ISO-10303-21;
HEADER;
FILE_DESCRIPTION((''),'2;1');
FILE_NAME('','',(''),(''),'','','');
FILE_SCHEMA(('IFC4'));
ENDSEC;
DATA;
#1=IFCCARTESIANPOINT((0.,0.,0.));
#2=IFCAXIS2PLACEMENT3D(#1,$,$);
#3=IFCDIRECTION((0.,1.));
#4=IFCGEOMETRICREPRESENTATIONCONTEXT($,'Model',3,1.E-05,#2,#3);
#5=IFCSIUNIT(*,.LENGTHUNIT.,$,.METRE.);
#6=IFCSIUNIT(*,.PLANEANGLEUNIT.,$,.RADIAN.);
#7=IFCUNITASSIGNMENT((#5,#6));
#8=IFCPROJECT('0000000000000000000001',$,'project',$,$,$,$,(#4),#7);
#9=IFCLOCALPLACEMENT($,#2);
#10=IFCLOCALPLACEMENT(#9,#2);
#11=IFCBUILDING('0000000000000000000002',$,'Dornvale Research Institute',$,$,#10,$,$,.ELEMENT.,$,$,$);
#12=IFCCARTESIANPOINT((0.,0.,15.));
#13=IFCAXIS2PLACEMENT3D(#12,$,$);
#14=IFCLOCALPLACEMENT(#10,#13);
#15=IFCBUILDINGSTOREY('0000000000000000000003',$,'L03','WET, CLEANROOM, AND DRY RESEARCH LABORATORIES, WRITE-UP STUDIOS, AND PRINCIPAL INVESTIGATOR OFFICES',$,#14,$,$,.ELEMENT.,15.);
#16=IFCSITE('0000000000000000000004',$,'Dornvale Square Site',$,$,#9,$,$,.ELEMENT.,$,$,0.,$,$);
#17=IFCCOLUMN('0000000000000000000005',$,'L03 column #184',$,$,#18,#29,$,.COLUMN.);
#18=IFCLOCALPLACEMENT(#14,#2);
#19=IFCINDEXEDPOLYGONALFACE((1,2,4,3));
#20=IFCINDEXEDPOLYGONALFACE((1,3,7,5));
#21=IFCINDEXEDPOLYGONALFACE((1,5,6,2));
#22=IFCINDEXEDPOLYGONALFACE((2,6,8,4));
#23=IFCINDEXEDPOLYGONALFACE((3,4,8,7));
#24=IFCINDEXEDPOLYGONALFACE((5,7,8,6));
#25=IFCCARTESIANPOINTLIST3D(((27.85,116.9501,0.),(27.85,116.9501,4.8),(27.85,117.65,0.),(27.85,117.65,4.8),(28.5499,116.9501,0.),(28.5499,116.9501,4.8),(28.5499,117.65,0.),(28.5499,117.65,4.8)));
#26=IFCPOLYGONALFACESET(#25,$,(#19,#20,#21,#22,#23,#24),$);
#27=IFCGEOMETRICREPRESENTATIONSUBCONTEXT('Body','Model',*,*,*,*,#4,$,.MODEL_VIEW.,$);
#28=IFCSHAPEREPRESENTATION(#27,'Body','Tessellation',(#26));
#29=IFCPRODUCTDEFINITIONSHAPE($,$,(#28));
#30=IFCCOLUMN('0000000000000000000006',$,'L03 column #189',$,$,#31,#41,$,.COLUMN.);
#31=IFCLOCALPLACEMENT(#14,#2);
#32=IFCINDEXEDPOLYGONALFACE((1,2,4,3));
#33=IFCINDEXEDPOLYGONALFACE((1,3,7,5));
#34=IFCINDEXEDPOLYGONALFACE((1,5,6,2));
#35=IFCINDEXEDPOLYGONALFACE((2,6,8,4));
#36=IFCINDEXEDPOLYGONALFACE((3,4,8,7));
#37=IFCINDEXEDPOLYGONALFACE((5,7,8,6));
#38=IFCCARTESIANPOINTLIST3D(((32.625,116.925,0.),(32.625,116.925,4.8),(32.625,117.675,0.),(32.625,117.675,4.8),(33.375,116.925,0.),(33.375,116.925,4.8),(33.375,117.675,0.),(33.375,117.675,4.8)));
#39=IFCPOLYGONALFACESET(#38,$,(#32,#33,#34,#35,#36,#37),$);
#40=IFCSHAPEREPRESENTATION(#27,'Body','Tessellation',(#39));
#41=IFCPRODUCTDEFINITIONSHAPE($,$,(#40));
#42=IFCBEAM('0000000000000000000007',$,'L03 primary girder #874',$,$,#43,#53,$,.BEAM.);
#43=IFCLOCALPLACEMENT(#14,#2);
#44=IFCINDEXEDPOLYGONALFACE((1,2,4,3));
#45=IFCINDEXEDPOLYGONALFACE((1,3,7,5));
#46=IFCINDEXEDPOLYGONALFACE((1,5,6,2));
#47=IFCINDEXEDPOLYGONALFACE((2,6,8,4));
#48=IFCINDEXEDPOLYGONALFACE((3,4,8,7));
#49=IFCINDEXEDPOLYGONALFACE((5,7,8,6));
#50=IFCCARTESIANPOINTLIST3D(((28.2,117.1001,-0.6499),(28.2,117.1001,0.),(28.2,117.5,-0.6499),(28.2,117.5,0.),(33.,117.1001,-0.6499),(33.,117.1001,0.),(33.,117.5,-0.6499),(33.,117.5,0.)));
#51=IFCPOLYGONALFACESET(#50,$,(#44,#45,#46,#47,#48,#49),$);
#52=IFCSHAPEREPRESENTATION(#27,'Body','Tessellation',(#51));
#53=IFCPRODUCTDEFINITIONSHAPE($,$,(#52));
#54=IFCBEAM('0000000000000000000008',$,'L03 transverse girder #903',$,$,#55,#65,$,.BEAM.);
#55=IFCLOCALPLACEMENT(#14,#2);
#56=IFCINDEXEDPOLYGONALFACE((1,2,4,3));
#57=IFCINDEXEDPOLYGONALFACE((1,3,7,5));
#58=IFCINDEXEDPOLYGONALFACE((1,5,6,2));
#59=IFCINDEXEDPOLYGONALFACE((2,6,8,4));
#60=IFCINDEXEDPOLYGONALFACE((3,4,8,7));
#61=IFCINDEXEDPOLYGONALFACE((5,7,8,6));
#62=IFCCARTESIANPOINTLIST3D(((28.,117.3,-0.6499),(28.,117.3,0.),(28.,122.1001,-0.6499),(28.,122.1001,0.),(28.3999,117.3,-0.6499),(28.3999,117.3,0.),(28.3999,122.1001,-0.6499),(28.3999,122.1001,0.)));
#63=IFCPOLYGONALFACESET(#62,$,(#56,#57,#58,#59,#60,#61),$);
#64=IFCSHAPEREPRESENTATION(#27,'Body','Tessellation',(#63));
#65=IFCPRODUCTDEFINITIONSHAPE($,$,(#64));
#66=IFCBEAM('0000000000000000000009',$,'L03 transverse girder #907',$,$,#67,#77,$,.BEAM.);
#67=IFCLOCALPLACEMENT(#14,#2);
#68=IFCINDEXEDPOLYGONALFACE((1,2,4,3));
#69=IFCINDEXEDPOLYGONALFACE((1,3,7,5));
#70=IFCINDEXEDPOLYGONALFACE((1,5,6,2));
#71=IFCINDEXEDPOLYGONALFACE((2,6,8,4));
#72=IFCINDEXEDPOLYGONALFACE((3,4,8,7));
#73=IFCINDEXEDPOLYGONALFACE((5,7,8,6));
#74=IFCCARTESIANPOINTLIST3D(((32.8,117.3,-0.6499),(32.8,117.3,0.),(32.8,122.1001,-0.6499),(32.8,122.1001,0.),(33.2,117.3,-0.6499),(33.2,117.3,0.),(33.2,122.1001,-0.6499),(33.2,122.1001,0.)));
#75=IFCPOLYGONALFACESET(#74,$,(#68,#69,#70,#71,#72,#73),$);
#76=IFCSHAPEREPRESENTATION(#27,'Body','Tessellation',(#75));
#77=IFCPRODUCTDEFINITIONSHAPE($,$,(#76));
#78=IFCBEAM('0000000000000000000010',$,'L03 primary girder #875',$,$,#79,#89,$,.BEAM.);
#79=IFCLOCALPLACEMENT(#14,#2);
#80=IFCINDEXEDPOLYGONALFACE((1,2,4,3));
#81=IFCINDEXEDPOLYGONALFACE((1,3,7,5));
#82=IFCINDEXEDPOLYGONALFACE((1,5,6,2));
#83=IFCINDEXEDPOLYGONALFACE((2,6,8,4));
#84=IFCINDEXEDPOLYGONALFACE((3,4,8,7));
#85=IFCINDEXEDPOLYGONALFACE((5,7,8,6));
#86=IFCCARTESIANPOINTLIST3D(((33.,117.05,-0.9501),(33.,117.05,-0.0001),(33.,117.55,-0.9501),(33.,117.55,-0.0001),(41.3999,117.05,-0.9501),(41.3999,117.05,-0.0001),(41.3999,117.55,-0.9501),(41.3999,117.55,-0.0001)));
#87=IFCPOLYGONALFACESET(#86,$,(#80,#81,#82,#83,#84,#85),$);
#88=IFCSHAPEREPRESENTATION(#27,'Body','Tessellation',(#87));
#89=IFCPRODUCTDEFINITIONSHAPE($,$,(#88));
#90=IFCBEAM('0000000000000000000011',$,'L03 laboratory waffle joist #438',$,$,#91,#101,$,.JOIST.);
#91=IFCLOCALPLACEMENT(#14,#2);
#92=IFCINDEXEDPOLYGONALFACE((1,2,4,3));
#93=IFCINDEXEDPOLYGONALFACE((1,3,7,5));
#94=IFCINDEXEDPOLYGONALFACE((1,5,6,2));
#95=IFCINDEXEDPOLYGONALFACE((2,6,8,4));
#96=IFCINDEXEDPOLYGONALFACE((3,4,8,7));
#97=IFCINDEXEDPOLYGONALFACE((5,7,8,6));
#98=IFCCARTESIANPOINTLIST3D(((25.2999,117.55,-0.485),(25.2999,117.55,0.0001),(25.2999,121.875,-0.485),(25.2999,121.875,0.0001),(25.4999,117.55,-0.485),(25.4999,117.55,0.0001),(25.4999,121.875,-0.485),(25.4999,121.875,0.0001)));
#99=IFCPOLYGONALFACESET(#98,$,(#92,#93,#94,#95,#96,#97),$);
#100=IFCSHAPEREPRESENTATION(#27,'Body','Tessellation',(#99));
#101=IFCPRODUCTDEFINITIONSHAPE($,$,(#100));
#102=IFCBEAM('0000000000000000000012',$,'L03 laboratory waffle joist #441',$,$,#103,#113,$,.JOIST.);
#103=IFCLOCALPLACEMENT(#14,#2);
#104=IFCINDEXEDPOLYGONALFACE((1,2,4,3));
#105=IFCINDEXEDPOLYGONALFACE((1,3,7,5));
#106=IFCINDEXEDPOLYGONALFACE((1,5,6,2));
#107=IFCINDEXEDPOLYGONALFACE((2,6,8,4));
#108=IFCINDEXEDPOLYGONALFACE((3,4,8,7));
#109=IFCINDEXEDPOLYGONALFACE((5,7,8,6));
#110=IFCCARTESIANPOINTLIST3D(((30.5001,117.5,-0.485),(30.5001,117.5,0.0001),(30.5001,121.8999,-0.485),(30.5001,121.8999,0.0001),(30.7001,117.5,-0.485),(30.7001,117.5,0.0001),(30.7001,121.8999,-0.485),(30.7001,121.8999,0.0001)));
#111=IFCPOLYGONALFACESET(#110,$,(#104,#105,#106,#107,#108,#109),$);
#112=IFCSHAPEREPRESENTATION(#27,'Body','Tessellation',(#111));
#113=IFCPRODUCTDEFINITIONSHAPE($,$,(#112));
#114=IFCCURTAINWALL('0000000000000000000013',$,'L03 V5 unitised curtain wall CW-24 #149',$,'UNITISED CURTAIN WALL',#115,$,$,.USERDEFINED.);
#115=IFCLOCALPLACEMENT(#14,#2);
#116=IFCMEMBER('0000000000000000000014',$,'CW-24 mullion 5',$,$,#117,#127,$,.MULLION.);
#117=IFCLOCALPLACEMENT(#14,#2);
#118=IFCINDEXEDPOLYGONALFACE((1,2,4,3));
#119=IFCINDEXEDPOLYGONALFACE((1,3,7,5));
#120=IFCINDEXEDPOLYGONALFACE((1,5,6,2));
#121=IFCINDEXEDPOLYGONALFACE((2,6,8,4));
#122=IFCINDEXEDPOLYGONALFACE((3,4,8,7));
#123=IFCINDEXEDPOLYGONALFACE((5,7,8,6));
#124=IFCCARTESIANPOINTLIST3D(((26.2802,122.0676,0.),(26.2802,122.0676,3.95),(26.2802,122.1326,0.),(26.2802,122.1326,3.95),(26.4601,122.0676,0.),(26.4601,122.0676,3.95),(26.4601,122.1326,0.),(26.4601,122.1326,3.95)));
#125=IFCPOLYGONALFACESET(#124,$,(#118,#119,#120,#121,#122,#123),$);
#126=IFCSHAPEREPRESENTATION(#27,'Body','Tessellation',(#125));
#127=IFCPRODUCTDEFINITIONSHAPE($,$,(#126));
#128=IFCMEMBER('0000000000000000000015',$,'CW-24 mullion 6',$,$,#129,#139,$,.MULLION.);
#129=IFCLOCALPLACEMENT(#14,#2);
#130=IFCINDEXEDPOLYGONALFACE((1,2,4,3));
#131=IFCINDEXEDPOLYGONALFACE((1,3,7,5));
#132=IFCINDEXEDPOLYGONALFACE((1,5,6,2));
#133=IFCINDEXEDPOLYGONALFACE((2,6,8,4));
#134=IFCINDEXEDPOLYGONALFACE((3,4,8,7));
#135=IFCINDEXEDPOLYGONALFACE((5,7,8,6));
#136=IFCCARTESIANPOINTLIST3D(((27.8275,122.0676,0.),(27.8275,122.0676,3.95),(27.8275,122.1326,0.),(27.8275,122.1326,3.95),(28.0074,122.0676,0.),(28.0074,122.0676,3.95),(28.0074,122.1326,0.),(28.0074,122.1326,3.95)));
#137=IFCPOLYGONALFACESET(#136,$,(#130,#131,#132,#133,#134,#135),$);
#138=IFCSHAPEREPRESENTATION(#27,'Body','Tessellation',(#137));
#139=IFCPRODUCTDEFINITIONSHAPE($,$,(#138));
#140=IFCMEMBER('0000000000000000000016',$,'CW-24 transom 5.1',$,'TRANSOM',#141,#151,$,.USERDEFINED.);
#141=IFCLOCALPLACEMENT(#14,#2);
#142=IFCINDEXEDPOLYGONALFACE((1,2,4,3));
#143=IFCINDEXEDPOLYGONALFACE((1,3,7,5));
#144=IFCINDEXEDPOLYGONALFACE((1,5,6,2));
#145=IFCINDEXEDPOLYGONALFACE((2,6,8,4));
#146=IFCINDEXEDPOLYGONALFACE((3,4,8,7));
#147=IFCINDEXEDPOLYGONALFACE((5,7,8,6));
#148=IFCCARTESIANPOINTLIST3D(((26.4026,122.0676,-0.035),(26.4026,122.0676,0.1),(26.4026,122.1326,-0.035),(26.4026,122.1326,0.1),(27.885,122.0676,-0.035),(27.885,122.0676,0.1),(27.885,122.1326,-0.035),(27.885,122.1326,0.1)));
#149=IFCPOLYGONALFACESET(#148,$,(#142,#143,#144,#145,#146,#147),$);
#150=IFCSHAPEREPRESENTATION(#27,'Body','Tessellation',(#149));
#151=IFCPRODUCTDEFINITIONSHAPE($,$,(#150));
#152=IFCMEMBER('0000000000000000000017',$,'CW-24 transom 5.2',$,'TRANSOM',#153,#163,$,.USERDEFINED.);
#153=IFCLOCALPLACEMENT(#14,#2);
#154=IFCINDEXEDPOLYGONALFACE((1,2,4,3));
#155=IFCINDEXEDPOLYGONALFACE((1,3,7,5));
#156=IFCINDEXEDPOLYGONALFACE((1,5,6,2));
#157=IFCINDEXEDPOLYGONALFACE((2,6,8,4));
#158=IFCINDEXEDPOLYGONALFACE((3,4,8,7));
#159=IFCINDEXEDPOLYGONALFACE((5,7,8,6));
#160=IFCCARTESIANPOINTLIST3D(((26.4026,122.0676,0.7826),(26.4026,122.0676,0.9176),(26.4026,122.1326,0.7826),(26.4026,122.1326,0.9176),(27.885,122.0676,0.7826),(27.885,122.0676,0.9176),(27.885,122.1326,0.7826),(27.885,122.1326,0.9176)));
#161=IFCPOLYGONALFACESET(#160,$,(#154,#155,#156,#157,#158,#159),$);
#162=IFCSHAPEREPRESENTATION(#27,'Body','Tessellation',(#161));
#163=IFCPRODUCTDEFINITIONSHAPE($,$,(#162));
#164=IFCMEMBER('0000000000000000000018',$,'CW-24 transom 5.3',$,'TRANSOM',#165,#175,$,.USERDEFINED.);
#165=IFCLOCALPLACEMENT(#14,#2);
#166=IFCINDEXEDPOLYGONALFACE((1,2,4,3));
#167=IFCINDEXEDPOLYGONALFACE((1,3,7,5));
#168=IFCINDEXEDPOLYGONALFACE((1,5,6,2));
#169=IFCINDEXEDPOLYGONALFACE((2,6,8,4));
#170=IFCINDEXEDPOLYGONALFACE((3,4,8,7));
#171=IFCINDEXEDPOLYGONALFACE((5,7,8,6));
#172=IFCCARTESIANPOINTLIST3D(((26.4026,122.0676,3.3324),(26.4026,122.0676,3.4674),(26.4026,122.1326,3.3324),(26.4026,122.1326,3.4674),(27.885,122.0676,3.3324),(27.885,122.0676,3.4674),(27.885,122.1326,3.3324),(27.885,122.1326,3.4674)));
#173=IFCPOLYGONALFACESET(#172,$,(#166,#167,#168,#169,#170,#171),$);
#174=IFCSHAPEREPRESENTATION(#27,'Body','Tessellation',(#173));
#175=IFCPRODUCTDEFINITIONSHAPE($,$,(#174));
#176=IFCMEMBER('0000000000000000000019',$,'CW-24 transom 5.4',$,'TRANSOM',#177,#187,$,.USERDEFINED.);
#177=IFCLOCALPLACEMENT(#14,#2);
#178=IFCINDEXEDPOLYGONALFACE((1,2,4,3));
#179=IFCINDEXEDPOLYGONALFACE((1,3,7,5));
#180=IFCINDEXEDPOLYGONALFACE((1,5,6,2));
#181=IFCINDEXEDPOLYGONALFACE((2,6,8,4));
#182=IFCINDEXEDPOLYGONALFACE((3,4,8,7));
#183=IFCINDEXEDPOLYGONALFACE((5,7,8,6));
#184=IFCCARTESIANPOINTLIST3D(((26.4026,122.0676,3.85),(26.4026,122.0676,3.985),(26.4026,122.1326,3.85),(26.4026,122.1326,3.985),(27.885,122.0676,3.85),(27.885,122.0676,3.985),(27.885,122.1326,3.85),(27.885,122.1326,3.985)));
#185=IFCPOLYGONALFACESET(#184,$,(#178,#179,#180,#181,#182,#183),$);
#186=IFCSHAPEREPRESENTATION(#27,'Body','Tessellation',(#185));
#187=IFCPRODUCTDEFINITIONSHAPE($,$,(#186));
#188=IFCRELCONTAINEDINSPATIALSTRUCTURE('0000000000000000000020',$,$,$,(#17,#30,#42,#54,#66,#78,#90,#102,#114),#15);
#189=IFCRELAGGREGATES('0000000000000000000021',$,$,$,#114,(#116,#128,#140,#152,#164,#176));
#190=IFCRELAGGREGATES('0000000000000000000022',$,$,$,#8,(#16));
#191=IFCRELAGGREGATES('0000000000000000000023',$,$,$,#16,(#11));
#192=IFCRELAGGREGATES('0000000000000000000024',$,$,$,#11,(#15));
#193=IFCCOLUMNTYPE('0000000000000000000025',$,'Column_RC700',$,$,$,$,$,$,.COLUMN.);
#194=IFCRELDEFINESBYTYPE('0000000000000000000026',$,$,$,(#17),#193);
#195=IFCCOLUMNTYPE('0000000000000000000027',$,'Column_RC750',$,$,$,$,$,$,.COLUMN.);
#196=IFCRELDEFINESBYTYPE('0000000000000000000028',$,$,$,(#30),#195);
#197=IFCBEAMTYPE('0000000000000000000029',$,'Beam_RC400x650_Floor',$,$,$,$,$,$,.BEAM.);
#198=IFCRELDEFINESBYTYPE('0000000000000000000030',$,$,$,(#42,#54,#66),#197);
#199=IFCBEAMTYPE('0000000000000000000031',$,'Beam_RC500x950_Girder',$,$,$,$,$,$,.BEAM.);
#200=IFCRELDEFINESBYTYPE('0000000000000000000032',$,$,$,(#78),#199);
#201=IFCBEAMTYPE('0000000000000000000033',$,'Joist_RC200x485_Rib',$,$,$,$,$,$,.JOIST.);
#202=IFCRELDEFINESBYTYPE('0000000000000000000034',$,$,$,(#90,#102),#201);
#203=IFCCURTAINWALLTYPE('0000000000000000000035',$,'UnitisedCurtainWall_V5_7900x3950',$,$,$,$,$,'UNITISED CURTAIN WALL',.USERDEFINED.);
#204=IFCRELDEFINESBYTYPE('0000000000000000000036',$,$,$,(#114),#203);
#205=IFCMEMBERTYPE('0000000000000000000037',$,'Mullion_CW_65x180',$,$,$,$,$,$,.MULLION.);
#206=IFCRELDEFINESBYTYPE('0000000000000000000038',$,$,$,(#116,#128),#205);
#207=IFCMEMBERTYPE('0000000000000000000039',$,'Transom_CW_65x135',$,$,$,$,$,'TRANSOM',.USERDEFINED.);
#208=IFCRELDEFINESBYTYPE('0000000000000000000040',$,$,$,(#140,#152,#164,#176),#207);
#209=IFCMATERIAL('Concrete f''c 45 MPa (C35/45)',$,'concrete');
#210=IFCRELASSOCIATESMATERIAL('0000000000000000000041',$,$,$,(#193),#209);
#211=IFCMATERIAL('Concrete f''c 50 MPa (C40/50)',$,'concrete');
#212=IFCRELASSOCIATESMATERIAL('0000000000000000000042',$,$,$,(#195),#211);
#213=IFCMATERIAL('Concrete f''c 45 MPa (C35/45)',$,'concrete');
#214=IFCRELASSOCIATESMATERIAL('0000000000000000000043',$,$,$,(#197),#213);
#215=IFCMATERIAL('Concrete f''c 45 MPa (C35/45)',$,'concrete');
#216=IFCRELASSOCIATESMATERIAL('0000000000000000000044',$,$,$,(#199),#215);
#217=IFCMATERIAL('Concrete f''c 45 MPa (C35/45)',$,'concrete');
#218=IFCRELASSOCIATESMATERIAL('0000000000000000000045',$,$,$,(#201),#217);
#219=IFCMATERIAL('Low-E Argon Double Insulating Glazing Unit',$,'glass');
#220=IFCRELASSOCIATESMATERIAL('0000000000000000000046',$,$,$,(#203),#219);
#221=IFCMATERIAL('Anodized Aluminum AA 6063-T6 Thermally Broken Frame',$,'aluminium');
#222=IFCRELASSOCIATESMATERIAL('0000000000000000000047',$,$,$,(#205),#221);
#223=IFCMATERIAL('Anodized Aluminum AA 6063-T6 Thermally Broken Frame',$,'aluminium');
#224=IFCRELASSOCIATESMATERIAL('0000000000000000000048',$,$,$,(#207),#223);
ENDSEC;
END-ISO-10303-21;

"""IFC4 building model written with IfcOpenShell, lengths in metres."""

from ifc_helpers import new_model, si_unit, direction, frame, origin, origin_2d, place, context, subcontext, project, spatial, rectangle, extrude, material, material_profile, profile_set, type_object, element, aggregate, save


model = new_model("IFC4")

# Units and contexts
model_context = context("Model", 3, precision=1e-05, world=origin(), true_north=direction((0.0, 1.0)))
body_context = subcontext(model_context, "Body", "Model", "MODEL_VIEW")
ifc_project = project(units=[si_unit("LENGTHUNIT", "METRE"), si_unit("PLANEANGLEUNIT", "RADIAN")], contexts=[model_context])

# Site, building, storey
site_placement = place(None, origin())
site = spatial("IfcSite", under=ifc_project, at=site_placement, Name="Dornvale Square Site", CompositionType="ELEMENT", RefElevation=0.0)
building_placement = place(site_placement, origin())
building = spatial("IfcBuilding", under=site, at=building_placement, Name="Dornvale Research Institute", CompositionType="ELEMENT")
storey_placement = place(building_placement, frame((0.0, 0.0, 15.0)))
storey = spatial("IfcBuildingStorey", under=building, at=storey_placement, Name="L03", Description="WET, CLEANROOM, AND DRY RESEARCH LABORATORIES, WRITE-UP STUDIOS, AND PRINCIPAL INVESTIGATOR OFFICES", CompositionType="ELEMENT", Elevation=15.0)

# Columns
ifc_material_1 = material(Name="Concrete f'c 45 MPa (C35/45)", Category="concrete")
ifc_material_profile_1 = material_profile(ifc_material_1, rectangle(XDim=0.7, YDim=0.7, at=origin_2d()), Name="RC 700x700")
ifc_profile_set_1 = profile_set([ifc_material_profile_1], Name="Concrete f'c 45 MPa (C35/45)")
column_type_1 = type_object("IfcColumnType", Name="Column_RC700", PredefinedType="COLUMN", material=ifc_profile_set_1)
column_1_placement = place(storey_placement, frame((28.2, 117.3, 0.0), z_axis=(0.0, 0.0, 1.0), x_axis=(1.0, 0.0, 0.0)))
element("IfcColumn", 1, at=column_1_placement, inside=storey, type_object=column_type_1, Name="L03 column #184", PredefinedType="COLUMN", context=body_context, shape_type="SweptSolid", body=[
    extrude(rectangle(XDim=0.7, YDim=0.7, at=origin_2d()), origin(), (0.0, 0.0, 1.0), 4.8),
])
ifc_material_2 = material(Name="Concrete f'c 50 MPa (C40/50)", Category="concrete")
ifc_material_profile_2 = material_profile(ifc_material_2, rectangle(XDim=0.75, YDim=0.75, at=origin_2d()), Name="RC 750x750")
ifc_profile_set_2 = profile_set([ifc_material_profile_2], Name="Concrete f'c 50 MPa (C40/50)")
column_type_2 = type_object("IfcColumnType", Name="Column_RC750", PredefinedType="COLUMN", material=ifc_profile_set_2)
column_2_placement = place(storey_placement, frame((33.0, 117.3, 0.0), z_axis=(0.0, 0.0, 1.0), x_axis=(1.0, 0.0, 0.0)))
element("IfcColumn", 2, at=column_2_placement, inside=storey, type_object=column_type_2, Name="L03 column #189", PredefinedType="COLUMN", context=body_context, shape_type="SweptSolid", body=[
    extrude(rectangle(XDim=0.75, YDim=0.75, at=origin_2d()), origin(), (0.0, 0.0, 1.0), 4.8),
])

# Beams
ifc_material_3 = material(Name="Concrete f'c 45 MPa (C35/45)", Category="concrete")
ifc_material_profile_3 = material_profile(ifc_material_3, rectangle(XDim=0.3999, YDim=0.6499, at=origin_2d()), Name="RC 400x650")
ifc_profile_set_3 = profile_set([ifc_material_profile_3], Name="Concrete f'c 45 MPa (C35/45)")
beam_type_1 = type_object("IfcBeamType", Name="Beam_RC400x650_Floor", PredefinedType="BEAM", material=ifc_profile_set_3)
for number, where, z_axis, x_axis, name in (
    (3, (28.2, 117.3, -0.325), (1.0, 0.0, 0.0), (0.0, 1.0, 0.0), "L03 primary girder #874"),
    (4, (28.2, 117.3, -0.325), (0.0, 1.0, 0.0), (-1.0, 0.0, 0.0), "L03 transverse girder #903"),
    (5, (33.0, 117.3, -0.325), (0.0, 1.0, 0.0), (-1.0, 0.0, 0.0), "L03 transverse girder #907"),
):
    element("IfcBeam", number, at=place(storey_placement, frame(where, z_axis=z_axis, x_axis=x_axis)), inside=storey, type_object=beam_type_1, Name=name, PredefinedType="BEAM", context=body_context, shape_type="SweptSolid", body=[
        extrude(rectangle(XDim=0.3999, YDim=0.6499, at=origin_2d()), origin(), (0.0, 0.0, 1.0), 4.8),
    ])
ifc_material_4 = material(Name="Concrete f'c 45 MPa (C35/45)", Category="concrete")
ifc_material_profile_4 = material_profile(ifc_material_4, rectangle(XDim=0.5, YDim=0.95, at=origin_2d()), Name="RC 500x950")
ifc_profile_set_4 = profile_set([ifc_material_profile_4], Name="Concrete f'c 45 MPa (C35/45)")
beam_type_2 = type_object("IfcBeamType", Name="Beam_RC500x950_Girder", PredefinedType="BEAM", material=ifc_profile_set_4)
beam_1_placement = place(storey_placement, frame((33.0, 117.3, -0.4751), z_axis=(1.0, 0.0, 0.0), x_axis=(0.0, 1.0, 0.0)))
element("IfcBeam", 6, at=beam_1_placement, inside=storey, type_object=beam_type_2, Name="L03 primary girder #875", PredefinedType="BEAM", context=body_context, shape_type="SweptSolid", body=[
    extrude(rectangle(XDim=0.5, YDim=0.95, at=origin_2d()), origin(), (0.0, 0.0, 1.0), 8.3999),
])
ifc_material_5 = material(Name="Concrete f'c 45 MPa (C35/45)", Category="concrete")
ifc_material_profile_5 = material_profile(ifc_material_5, rectangle(XDim=0.2, YDim=0.4851, at=origin_2d()), Name="RC 200x485")
ifc_profile_set_5 = profile_set([ifc_material_profile_5], Name="Concrete f'c 45 MPa (C35/45)")
beam_type_3 = type_object("IfcBeamType", Name="Joist_RC200x485_Rib", PredefinedType="JOIST", material=ifc_profile_set_5)
beam_2_placement = place(storey_placement, frame((25.3999, 117.55, -0.2424), z_axis=(0.0, 1.0, 0.0), x_axis=(-1.0, 0.0, 0.0)))
element("IfcBeam", 7, at=beam_2_placement, inside=storey, type_object=beam_type_3, Name="L03 laboratory waffle joist #438", PredefinedType="JOIST", context=body_context, shape_type="SweptSolid", body=[
    extrude(rectangle(XDim=0.2, YDim=0.4851, at=origin_2d()), origin(), (0.0, 0.0, 1.0), 4.325),
])
beam_3_placement = place(storey_placement, frame((30.6001, 117.5, -0.2424), z_axis=(0.0, 1.0, 0.0), x_axis=(-1.0, 0.0, 0.0)))
element("IfcBeam", 8, at=beam_3_placement, inside=storey, type_object=beam_type_3, Name="L03 laboratory waffle joist #441", PredefinedType="JOIST", context=body_context, shape_type="SweptSolid", body=[
    extrude(rectangle(XDim=0.2, YDim=0.4851, at=origin_2d()), origin(), (0.0, 0.0, 1.0), 4.3999),
])

# Curtain wall, members
ifc_material_6 = material(Name="Low-E Argon Double Insulating Glazing Unit", Category="glass")
curtain_wall_type = type_object("IfcCurtainWallType", Name="UnitisedCurtainWall_V5_7900x3950", ElementType="UNITISED CURTAIN WALL", PredefinedType="USERDEFINED", material=ifc_material_6)
curtain_wall_placement = place(storey_placement, origin())
curtain_wall = element("IfcCurtainWall", 9, at=curtain_wall_placement, inside=storey, type_object=curtain_wall_type, Name="L03 V5 unitised curtain wall CW-24 #149", ObjectType="UNITISED CURTAIN WALL", PredefinedType="USERDEFINED")
ifc_material_7 = material(Name="Anodized Aluminum AA 6063-T6 Thermally Broken Frame", Category="aluminium")
ifc_material_profile_6 = material_profile(ifc_material_7, rectangle(XDim=0.0649, YDim=0.1799, at=origin_2d()), Name="ALU MULLION 65x180")
ifc_profile_set_6 = profile_set([ifc_material_profile_6], Name="Anodized Aluminum AA 6063-T6 Thermally Broken Frame")
member_type_1 = type_object("IfcMemberType", Name="Mullion_CW_65x180", PredefinedType="MULLION", material=ifc_profile_set_6)
member_1_placement = place(storey_placement, frame((26.3701, 122.1001, 0.0), z_axis=(0.0, 0.0, 1.0), x_axis=(0.0, 1.0, 0.0)))
member_1 = element("IfcMember", 10, at=member_1_placement, type_object=member_type_1, Name="CW-24 mullion 5", PredefinedType="MULLION", context=body_context, shape_type="SweptSolid", body=[
    extrude(rectangle(XDim=0.0649, YDim=0.1799, at=origin_2d()), origin(), (0.0, 0.0, 1.0), 3.95),
])
member_2_placement = place(storey_placement, frame((27.9175, 122.1001, 0.0), z_axis=(0.0, 0.0, 1.0), x_axis=(0.0, 1.0, 0.0)))
member_2 = element("IfcMember", 11, at=member_2_placement, type_object=member_type_1, Name="CW-24 mullion 6", PredefinedType="MULLION", context=body_context, shape_type="SweptSolid", body=[
    extrude(rectangle(XDim=0.0649, YDim=0.1799, at=origin_2d()), origin(), (0.0, 0.0, 1.0), 3.95),
])
ifc_material_8 = material(Name="Anodized Aluminum AA 6063-T6 Thermally Broken Frame", Category="aluminium")
ifc_material_profile_7 = material_profile(ifc_material_8, rectangle(XDim=0.0649, YDim=0.135, at=origin_2d()), Name="ALU TRANSOM 65x135")
ifc_profile_set_7 = profile_set([ifc_material_profile_7], Name="Anodized Aluminum AA 6063-T6 Thermally Broken Frame")
member_type_2 = type_object("IfcMemberType", Name="Transom_CW_65x135", ElementType="TRANSOM", PredefinedType="USERDEFINED", material=ifc_profile_set_7)
member_3_placement = place(storey_placement, frame((26.4026, 122.1001, 0.0325), z_axis=(1.0, 0.0, 0.0), x_axis=(0.0, 1.0, 0.0)))
member_3 = element("IfcMember", 12, at=member_3_placement, type_object=member_type_2, Name="CW-24 transom 5.1", ObjectType="TRANSOM", PredefinedType="USERDEFINED", context=body_context, shape_type="SweptSolid", body=[
    extrude(rectangle(XDim=0.0649, YDim=0.135, at=origin_2d()), origin(), (0.0, 0.0, 1.0), 1.4824),
])
member_4_placement = place(storey_placement, frame((26.4026, 122.1001, 0.8501), z_axis=(1.0, 0.0, 0.0), x_axis=(0.0, 1.0, 0.0)))
member_4 = element("IfcMember", 13, at=member_4_placement, type_object=member_type_2, Name="CW-24 transom 5.2", ObjectType="TRANSOM", PredefinedType="USERDEFINED", context=body_context, shape_type="SweptSolid", body=[
    extrude(rectangle(XDim=0.0649, YDim=0.135, at=origin_2d()), origin(), (0.0, 0.0, 1.0), 1.4824),
])
member_5_placement = place(storey_placement, frame((26.4026, 122.1001, 3.3999), z_axis=(1.0, 0.0, 0.0), x_axis=(0.0, 1.0, 0.0)))
member_5 = element("IfcMember", 14, at=member_5_placement, type_object=member_type_2, Name="CW-24 transom 5.3", ObjectType="TRANSOM", PredefinedType="USERDEFINED", context=body_context, shape_type="SweptSolid", body=[
    extrude(rectangle(XDim=0.0649, YDim=0.135, at=origin_2d()), origin(), (0.0, 0.0, 1.0), 1.4824),
])
member_6_placement = place(storey_placement, frame((26.4026, 122.1001, 3.9175), z_axis=(1.0, 0.0, 0.0), x_axis=(0.0, 1.0, 0.0)))
member_6 = element("IfcMember", 15, at=member_6_placement, type_object=member_type_2, Name="CW-24 transom 5.4", ObjectType="TRANSOM", PredefinedType="USERDEFINED", context=body_context, shape_type="SweptSolid", body=[
    extrude(rectangle(XDim=0.0649, YDim=0.135, at=origin_2d()), origin(), (0.0, 0.0, 1.0), 1.4824),
])
aggregate(curtain_wall, [member_1, member_2, member_3, member_4, member_5, member_6])

save(model, "model.ifc")
